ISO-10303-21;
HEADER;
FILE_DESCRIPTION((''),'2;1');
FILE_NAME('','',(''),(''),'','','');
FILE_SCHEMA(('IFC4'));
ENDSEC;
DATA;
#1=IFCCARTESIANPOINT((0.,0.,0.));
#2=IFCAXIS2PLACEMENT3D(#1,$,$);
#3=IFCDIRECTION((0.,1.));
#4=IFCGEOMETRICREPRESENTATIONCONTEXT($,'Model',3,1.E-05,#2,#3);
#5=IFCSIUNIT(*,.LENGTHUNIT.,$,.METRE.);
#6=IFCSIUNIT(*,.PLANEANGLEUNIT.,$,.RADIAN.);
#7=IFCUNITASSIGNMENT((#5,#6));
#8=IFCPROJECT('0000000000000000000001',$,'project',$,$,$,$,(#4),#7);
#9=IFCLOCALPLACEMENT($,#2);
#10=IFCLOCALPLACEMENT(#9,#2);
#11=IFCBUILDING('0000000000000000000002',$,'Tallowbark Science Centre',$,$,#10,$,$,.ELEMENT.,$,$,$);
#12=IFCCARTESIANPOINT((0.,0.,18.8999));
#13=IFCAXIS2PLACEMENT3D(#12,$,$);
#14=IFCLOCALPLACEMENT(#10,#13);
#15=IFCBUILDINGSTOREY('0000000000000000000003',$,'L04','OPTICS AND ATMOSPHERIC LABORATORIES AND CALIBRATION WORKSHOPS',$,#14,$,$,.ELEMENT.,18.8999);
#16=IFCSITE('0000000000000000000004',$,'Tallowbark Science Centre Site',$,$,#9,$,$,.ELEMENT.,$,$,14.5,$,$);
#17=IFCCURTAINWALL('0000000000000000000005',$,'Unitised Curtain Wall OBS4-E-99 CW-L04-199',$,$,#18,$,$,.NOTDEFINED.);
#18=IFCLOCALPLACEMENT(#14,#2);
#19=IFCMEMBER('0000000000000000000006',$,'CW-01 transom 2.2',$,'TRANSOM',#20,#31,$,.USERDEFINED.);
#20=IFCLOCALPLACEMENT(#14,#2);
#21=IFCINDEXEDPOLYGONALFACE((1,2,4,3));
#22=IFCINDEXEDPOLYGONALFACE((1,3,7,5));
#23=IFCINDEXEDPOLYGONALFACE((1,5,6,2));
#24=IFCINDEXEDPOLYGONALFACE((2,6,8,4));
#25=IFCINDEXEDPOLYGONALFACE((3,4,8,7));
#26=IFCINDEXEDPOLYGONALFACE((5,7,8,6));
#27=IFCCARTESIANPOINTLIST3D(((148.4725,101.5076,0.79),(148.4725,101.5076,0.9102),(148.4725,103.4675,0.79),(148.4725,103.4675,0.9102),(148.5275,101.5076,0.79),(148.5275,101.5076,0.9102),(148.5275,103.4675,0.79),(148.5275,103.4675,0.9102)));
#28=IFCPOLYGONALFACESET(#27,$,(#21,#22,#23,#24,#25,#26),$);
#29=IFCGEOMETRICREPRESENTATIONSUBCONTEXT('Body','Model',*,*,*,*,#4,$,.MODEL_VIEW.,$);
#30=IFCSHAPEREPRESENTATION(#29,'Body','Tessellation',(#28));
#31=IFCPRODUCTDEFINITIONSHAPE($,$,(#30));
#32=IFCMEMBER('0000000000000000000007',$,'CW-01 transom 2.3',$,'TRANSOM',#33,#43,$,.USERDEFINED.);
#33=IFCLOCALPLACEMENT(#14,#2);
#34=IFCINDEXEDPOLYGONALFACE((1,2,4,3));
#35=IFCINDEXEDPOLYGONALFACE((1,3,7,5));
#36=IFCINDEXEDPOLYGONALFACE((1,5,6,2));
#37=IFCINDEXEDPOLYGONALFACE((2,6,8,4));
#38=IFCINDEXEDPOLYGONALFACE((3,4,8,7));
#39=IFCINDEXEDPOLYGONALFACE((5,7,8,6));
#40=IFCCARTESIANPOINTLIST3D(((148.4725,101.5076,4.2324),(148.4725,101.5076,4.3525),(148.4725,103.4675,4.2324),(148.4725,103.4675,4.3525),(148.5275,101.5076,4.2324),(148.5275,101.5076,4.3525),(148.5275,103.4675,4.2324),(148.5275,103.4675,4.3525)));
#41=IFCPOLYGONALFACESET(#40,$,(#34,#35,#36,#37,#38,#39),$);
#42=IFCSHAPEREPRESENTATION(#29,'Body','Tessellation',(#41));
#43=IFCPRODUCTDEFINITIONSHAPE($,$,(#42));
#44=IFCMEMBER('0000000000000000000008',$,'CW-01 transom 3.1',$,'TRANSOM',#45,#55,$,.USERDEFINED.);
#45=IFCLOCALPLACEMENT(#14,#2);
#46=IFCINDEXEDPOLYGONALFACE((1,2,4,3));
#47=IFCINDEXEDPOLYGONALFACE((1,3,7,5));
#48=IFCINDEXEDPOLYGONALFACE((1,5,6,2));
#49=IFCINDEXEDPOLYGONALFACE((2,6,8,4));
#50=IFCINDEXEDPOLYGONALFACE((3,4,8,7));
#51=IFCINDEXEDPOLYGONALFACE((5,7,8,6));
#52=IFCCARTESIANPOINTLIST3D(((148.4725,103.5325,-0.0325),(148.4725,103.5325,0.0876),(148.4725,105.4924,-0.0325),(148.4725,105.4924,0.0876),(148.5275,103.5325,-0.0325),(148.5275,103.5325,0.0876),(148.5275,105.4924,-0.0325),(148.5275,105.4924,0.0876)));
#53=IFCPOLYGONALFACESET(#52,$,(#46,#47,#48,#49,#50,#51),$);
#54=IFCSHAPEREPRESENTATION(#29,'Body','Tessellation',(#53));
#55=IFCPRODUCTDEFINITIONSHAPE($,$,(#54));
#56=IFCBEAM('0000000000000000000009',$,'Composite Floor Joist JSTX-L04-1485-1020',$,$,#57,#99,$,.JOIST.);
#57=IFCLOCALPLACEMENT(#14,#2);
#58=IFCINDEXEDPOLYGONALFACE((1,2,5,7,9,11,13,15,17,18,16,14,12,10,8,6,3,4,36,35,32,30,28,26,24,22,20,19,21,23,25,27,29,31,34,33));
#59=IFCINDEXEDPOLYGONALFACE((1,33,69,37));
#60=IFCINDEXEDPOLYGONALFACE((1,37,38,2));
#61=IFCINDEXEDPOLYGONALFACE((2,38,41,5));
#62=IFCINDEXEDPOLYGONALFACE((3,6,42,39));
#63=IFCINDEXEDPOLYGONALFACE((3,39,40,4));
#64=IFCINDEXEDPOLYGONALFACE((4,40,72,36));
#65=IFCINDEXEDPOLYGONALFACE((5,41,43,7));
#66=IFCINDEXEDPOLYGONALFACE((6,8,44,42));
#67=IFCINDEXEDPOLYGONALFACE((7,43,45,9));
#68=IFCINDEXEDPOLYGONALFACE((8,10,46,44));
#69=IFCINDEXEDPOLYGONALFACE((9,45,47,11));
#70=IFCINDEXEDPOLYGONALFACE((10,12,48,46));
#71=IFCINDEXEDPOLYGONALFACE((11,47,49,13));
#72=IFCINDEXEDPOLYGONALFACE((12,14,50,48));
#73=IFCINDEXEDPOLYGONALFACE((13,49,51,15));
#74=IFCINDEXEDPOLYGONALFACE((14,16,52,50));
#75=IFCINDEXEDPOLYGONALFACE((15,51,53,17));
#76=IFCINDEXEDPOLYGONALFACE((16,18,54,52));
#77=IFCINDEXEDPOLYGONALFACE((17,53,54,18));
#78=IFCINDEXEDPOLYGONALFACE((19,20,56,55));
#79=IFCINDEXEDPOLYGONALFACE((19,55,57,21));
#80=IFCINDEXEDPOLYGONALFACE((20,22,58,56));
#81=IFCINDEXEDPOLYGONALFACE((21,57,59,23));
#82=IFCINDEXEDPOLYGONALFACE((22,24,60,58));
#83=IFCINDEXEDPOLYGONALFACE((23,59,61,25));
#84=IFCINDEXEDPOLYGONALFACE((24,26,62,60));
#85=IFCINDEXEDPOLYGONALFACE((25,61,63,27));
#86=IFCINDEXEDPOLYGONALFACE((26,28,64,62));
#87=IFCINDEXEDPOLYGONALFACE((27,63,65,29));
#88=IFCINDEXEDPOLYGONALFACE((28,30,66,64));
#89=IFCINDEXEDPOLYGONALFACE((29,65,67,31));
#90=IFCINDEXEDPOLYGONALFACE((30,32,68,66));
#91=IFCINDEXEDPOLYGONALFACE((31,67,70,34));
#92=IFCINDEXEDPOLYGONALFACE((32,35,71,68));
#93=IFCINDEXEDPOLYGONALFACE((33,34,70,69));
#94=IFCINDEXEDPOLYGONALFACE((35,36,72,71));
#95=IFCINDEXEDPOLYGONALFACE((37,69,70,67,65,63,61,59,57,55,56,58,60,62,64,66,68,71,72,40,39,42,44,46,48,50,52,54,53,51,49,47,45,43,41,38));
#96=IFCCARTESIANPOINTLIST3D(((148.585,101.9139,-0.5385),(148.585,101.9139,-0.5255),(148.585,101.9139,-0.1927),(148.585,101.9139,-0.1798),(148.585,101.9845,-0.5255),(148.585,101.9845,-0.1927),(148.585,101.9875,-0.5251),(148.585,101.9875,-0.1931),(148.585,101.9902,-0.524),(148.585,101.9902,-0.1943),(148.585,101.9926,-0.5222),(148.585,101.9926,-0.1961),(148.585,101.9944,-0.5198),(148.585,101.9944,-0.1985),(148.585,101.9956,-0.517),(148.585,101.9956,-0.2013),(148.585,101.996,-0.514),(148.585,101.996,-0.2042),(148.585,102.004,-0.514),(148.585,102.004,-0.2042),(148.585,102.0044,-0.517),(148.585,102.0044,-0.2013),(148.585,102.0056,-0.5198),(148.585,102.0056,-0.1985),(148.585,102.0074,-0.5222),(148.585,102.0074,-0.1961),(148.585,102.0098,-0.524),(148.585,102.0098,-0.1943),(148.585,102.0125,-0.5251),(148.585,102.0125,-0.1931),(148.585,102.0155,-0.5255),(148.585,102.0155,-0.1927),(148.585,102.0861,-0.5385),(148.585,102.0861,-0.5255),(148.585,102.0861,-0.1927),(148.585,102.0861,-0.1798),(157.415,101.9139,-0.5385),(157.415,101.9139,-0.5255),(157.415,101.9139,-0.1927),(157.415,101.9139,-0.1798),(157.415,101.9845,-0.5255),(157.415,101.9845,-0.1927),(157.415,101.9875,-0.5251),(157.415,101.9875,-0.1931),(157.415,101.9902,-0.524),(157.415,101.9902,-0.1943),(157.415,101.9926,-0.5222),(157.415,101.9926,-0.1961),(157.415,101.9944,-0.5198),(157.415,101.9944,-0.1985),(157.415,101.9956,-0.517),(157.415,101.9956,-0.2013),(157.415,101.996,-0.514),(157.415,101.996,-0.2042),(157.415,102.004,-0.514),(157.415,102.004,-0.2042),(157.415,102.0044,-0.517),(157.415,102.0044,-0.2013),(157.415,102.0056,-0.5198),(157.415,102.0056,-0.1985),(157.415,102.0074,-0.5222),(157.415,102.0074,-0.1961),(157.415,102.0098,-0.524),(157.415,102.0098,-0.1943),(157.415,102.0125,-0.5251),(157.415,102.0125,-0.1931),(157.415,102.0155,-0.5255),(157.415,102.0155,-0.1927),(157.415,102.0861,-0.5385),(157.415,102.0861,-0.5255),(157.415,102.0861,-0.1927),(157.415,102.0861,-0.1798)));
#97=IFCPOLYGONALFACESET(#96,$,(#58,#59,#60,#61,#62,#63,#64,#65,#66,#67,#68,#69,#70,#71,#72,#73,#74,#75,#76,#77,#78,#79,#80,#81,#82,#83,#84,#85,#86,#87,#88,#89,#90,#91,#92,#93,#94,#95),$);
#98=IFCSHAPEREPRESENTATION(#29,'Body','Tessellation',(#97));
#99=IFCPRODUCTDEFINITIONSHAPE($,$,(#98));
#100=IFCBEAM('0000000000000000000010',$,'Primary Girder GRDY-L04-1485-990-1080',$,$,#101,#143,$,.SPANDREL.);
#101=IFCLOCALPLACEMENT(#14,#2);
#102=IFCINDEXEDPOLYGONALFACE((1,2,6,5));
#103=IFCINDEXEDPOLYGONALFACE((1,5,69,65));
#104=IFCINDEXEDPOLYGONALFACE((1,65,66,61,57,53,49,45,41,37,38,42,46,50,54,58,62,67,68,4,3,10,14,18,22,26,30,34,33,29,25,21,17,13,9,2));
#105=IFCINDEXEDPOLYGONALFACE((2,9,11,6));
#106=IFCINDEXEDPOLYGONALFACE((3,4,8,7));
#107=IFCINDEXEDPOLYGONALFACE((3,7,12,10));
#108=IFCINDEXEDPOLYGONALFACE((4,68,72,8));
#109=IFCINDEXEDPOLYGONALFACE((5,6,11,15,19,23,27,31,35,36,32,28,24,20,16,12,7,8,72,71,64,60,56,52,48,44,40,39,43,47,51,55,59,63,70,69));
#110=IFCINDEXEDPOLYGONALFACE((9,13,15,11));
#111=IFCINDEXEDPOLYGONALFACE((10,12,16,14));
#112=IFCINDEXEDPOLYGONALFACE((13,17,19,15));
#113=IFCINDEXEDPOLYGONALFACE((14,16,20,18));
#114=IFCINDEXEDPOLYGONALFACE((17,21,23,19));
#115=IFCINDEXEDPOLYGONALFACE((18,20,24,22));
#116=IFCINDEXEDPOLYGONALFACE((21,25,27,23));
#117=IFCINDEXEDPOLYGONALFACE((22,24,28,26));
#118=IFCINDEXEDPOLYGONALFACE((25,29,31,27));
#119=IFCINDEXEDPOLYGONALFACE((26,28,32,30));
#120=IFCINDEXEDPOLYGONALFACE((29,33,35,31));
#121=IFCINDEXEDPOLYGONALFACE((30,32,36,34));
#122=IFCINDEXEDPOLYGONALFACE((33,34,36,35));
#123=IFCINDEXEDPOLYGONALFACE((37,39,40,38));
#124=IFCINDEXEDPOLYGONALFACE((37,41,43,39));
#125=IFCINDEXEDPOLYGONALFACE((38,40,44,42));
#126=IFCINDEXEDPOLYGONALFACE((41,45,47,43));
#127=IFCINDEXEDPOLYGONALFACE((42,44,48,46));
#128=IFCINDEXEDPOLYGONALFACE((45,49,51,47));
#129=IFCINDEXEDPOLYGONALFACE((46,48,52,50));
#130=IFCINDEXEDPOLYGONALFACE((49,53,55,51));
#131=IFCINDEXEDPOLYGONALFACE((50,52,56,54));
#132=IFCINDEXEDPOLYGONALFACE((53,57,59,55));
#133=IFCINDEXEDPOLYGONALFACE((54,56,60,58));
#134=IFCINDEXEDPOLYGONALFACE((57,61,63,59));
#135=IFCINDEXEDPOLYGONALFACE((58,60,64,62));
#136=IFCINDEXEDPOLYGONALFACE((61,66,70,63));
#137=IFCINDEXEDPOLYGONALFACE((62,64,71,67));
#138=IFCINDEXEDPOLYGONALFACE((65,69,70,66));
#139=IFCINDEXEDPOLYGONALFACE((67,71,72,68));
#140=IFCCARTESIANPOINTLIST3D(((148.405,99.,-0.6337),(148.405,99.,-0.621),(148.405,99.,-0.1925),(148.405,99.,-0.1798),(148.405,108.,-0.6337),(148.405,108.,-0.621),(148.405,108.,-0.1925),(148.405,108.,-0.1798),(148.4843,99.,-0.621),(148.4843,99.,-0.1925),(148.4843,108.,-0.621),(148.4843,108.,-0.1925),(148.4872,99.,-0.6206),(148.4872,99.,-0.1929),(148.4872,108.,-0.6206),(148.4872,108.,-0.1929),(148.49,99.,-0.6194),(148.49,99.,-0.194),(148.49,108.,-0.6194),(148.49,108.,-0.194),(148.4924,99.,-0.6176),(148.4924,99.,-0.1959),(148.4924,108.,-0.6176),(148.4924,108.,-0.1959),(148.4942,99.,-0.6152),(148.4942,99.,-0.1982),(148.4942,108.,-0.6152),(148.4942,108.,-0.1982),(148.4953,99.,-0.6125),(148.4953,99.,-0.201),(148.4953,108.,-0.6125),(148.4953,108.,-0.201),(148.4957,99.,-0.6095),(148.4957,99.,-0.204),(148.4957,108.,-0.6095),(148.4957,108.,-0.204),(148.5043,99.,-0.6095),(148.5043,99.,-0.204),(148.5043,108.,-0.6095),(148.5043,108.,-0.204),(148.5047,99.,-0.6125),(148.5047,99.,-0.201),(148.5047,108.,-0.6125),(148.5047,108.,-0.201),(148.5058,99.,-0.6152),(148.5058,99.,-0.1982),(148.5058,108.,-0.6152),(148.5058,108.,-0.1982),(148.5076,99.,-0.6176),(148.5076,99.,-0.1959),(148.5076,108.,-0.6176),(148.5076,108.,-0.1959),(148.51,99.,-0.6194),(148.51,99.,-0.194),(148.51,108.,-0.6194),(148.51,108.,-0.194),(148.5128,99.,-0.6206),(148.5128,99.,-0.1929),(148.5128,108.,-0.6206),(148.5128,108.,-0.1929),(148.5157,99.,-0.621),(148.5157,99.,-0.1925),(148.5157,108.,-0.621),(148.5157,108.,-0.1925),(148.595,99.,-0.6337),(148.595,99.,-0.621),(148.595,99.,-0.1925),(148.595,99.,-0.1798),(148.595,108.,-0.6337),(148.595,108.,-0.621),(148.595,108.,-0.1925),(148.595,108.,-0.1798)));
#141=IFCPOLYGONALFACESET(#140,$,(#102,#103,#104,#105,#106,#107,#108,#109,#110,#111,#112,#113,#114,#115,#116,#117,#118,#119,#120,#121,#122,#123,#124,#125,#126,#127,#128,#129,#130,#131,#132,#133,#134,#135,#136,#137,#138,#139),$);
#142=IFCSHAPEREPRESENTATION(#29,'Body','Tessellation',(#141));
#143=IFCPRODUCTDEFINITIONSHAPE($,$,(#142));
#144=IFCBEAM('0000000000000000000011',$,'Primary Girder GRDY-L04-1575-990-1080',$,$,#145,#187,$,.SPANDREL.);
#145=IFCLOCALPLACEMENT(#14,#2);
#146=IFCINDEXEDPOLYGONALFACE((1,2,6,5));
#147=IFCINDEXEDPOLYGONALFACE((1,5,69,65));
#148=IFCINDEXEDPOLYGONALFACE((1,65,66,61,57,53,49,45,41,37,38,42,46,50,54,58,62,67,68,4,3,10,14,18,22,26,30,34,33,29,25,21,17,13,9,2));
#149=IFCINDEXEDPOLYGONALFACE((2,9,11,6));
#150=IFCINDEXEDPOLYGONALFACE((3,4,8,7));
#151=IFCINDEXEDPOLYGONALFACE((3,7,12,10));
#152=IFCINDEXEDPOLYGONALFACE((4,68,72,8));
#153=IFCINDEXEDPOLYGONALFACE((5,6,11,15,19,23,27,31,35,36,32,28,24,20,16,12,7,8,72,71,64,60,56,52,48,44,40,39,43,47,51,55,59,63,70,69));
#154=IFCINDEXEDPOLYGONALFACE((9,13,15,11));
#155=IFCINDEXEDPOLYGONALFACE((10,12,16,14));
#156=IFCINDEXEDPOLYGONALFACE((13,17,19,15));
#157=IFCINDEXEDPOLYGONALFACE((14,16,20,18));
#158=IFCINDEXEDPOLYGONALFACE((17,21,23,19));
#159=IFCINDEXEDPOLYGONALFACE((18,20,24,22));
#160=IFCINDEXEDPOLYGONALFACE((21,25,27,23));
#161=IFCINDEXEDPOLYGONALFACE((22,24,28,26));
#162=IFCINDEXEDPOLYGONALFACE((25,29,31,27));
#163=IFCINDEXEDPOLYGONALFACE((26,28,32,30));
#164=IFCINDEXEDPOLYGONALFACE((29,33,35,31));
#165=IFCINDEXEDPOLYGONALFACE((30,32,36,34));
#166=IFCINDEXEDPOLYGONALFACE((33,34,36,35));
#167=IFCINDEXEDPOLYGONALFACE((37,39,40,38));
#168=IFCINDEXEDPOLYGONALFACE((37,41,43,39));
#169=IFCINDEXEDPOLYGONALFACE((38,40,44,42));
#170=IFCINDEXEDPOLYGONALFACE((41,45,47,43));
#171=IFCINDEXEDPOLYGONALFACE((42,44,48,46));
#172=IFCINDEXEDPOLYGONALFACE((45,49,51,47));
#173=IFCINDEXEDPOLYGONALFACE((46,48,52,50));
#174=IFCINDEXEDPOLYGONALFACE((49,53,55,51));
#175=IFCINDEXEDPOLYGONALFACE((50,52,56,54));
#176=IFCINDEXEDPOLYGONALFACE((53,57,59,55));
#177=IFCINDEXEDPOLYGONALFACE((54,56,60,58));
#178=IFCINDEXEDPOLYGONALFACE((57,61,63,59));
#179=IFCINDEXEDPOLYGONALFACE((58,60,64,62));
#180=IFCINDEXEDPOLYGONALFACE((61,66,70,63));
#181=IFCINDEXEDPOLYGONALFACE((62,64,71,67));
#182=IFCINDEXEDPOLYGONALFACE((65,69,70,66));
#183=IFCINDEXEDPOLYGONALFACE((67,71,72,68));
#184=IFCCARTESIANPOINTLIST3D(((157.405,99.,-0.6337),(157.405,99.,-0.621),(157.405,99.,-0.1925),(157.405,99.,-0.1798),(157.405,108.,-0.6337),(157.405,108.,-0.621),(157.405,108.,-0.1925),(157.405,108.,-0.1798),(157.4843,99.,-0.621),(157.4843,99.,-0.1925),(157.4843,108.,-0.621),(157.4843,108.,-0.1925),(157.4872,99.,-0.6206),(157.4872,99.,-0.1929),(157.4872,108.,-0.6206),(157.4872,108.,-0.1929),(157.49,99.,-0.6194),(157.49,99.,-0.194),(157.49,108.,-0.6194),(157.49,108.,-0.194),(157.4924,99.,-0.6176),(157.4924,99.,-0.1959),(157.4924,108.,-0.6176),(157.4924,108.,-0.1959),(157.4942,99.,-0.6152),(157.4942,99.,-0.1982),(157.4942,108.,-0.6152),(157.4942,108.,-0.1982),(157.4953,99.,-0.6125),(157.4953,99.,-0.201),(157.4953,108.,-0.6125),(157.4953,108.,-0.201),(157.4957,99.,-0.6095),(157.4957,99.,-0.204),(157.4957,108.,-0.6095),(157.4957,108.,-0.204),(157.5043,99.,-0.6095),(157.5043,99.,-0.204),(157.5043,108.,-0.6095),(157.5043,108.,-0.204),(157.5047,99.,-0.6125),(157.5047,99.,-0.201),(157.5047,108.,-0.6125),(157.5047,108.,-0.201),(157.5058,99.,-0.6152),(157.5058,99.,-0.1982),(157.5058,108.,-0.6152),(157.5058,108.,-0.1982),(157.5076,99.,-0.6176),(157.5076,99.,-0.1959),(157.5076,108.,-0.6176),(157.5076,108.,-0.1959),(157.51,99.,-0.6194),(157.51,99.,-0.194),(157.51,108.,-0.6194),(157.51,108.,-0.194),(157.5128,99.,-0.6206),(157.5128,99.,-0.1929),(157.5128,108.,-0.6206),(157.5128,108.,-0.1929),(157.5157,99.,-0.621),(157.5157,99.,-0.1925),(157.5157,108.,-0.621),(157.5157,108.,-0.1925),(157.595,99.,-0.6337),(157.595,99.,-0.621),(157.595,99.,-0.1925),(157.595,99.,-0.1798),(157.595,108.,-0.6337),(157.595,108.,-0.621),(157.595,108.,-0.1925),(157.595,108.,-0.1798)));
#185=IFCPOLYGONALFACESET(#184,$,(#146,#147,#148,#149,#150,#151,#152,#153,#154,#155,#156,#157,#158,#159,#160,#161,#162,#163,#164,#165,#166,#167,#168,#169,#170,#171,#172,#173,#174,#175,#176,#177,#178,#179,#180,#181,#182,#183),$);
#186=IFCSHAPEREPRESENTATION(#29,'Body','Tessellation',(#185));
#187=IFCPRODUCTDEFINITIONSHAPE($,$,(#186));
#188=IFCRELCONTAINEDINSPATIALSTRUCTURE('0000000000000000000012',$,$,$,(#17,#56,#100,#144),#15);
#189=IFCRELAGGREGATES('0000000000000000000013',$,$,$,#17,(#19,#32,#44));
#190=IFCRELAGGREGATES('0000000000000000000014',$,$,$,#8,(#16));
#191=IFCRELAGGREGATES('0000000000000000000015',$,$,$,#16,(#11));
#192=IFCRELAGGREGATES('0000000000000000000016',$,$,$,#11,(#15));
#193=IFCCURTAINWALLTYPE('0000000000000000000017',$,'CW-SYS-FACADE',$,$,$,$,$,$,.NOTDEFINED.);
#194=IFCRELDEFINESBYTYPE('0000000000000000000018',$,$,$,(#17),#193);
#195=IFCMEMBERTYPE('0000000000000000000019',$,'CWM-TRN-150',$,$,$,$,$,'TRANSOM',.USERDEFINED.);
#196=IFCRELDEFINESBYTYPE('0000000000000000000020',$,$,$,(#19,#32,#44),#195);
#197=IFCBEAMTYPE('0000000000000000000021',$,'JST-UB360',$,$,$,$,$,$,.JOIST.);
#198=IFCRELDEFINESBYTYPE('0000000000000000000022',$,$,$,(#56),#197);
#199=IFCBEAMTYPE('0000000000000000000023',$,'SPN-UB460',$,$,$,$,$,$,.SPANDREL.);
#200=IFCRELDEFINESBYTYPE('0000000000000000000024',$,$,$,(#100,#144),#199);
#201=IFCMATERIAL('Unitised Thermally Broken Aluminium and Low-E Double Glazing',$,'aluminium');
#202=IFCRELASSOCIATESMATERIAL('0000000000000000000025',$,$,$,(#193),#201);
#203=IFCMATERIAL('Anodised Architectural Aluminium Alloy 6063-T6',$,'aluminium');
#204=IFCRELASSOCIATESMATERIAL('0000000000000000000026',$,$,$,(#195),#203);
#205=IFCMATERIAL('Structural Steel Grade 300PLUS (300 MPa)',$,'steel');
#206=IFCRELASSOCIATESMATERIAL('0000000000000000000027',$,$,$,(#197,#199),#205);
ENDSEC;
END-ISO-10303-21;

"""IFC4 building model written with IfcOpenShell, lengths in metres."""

from ifc_helpers import new_model, si_unit, direction, frame, origin, origin_2d, place, context, subcontext, project, spatial, rectangle, i_section, extrude, material, material_profile, profile_set, type_object, element, aggregate, save


model = new_model("IFC4")

# Units and contexts
model_context = context("Model", 3, precision=1e-05, world=origin(), true_north=direction((0.0, 1.0)))
body_context = subcontext(model_context, "Body", "Model", "MODEL_VIEW")
ifc_project = project(units=[si_unit("LENGTHUNIT", "METRE"), si_unit("PLANEANGLEUNIT", "RADIAN")], contexts=[model_context])

# Site, building, storey
site_placement = place(None, origin())
site = spatial("IfcSite", under=ifc_project, at=site_placement, Name="Tallowbark Science Centre Site", CompositionType="ELEMENT", RefElevation=14.5)
building_placement = place(site_placement, origin())
building = spatial("IfcBuilding", under=site, at=building_placement, Name="Tallowbark Science Centre", CompositionType="ELEMENT")
storey_placement = place(building_placement, frame((0.0, 0.0, 18.8999)))
storey = spatial("IfcBuildingStorey", under=building, at=storey_placement, Name="L04", Description="OPTICS AND ATMOSPHERIC LABORATORIES AND CALIBRATION WORKSHOPS", CompositionType="ELEMENT", Elevation=18.8999)

# Shared definitions
ifc_material_1 = material(Name="Structural Steel Grade 300PLUS (300 MPa)", Category="steel")

# Curtain wall, members
ifc_material_2 = material(Name="Unitised Thermally Broken Aluminium and Low-E Double Glazing", Category="aluminium")
curtain_wall_type = type_object("IfcCurtainWallType", Name="CW-SYS-FACADE", PredefinedType="NOTDEFINED", material=ifc_material_2)
curtain_wall_placement = place(storey_placement, origin())
curtain_wall = element("IfcCurtainWall", 1, at=curtain_wall_placement, inside=storey, type_object=curtain_wall_type, Name="Unitised Curtain Wall OBS4-E-99 CW-L04-199", PredefinedType="NOTDEFINED")
ifc_material_3 = material(Name="Anodised Architectural Aluminium Alloy 6063-T6", Category="aluminium")
ifc_material_profile_1 = material_profile(ifc_material_3, rectangle(XDim=0.0549, YDim=0.1201, at=origin_2d()), Name="ALU55x120")
ifc_profile_set_1 = profile_set([ifc_material_profile_1], Name="Anodised Architectural Aluminium Alloy 6063-T6")
member_type_1 = type_object("IfcMemberType", Name="CWM-TRN-150", ElementType="TRANSOM", PredefinedType="USERDEFINED", material=ifc_profile_set_1)
member_1_placement = place(storey_placement, frame((148.5, 101.5076, 0.8501), z_axis=(0.0, 1.0, 0.0), x_axis=(-1.0, 0.0, 0.0)))
member_1 = element("IfcMember", 2, at=member_1_placement, type_object=member_type_1, Name="CW-01 transom 2.2", ObjectType="TRANSOM", PredefinedType="USERDEFINED", context=body_context, shape_type="SweptSolid", body=[
    extrude(rectangle(XDim=0.0549, YDim=0.1201, at=origin_2d()), origin(), (0.0, 0.0, 1.0), 1.96),
])
member_2_placement = place(storey_placement, frame((148.5, 101.5076, 4.2925), z_axis=(0.0, 1.0, 0.0), x_axis=(-1.0, 0.0, 0.0)))
member_2 = element("IfcMember", 3, at=member_2_placement, type_object=member_type_1, Name="CW-01 transom 2.3", ObjectType="TRANSOM", PredefinedType="USERDEFINED", context=body_context, shape_type="SweptSolid", body=[
    extrude(rectangle(XDim=0.0549, YDim=0.1201, at=origin_2d()), origin(), (0.0, 0.0, 1.0), 1.96),
])
member_3_placement = place(storey_placement, frame((148.5, 103.5325, 0.0276), z_axis=(0.0, 1.0, 0.0), x_axis=(-1.0, 0.0, 0.0)))
member_3 = element("IfcMember", 4, at=member_3_placement, type_object=member_type_1, Name="CW-01 transom 3.1", ObjectType="TRANSOM", PredefinedType="USERDEFINED", context=body_context, shape_type="SweptSolid", body=[
    extrude(rectangle(XDim=0.0549, YDim=0.1201, at=origin_2d()), origin(), (0.0, 0.0, 1.0), 1.96),
])

# Beams
ifc_material_profile_2 = material_profile(ifc_material_1, i_section(OverallWidth=0.1721, OverallDepth=0.3586, WebThickness=0.0081, FlangeThickness=0.0129, FilletRadius=0.0115, at=origin_2d()), Name="360UB56.7")
ifc_profile_set_2 = profile_set([ifc_material_profile_2], Name="Structural Steel Grade 300PLUS (300 MPa)")
beam_type_1 = type_object("IfcBeamType", Name="JST-UB360", PredefinedType="JOIST", material=ifc_profile_set_2)
beam_1_placement = place(storey_placement, frame((148.585, 102.0, -0.3591), z_axis=(1.0, 0.0, 0.0), x_axis=(0.0, 1.0, 0.0)))
element("IfcBeam", 5, at=beam_1_placement, inside=storey, type_object=beam_type_1, Name="Composite Floor Joist JSTX-L04-1485-1020", PredefinedType="JOIST", context=body_context, shape_type="SweptSolid", body=[
    extrude(i_section(OverallWidth=0.1721, OverallDepth=0.3586, WebThickness=0.0081, FlangeThickness=0.0129, FilletRadius=0.0115, at=origin_2d()), origin(), (0.0, 0.0, 1.0), 8.8301),
])
ifc_material_profile_3 = material_profile(ifc_material_1, i_section(OverallWidth=0.1899, OverallDepth=0.4539, WebThickness=0.0085, FlangeThickness=0.0127, FilletRadius=0.0115, at=origin_2d()), Name="460UB67.1")
ifc_profile_set_3 = profile_set([ifc_material_profile_3], Name="Structural Steel Grade 300PLUS (300 MPa)")
beam_type_2 = type_object("IfcBeamType", Name="SPN-UB460", PredefinedType="SPANDREL", material=ifc_profile_set_3)
for number, where, z_axis, x_axis, name in (
    (6, (148.5, 99.0, -0.4067), (0.0, 1.0, 0.0), (-1.0, 0.0, 0.0), "Primary Girder GRDY-L04-1485-990-1080"),
    (7, (157.5, 99.0, -0.4067), (0.0, 1.0, 0.0), (-1.0, 0.0, 0.0), "Primary Girder GRDY-L04-1575-990-1080"),
):
    element("IfcBeam", number, at=place(storey_placement, frame(where, z_axis=z_axis, x_axis=x_axis)), inside=storey, type_object=beam_type_2, Name=name, PredefinedType="SPANDREL", context=body_context, shape_type="SweptSolid", body=[
        extrude(i_section(OverallWidth=0.1899, OverallDepth=0.4539, WebThickness=0.0085, FlangeThickness=0.0127, FilletRadius=0.0115, at=origin_2d()), origin(), (0.0, 0.0, 1.0), 9.0),
    ])

aggregate(curtain_wall, [member_1, member_2, member_3])

save(model, "model.ifc")
